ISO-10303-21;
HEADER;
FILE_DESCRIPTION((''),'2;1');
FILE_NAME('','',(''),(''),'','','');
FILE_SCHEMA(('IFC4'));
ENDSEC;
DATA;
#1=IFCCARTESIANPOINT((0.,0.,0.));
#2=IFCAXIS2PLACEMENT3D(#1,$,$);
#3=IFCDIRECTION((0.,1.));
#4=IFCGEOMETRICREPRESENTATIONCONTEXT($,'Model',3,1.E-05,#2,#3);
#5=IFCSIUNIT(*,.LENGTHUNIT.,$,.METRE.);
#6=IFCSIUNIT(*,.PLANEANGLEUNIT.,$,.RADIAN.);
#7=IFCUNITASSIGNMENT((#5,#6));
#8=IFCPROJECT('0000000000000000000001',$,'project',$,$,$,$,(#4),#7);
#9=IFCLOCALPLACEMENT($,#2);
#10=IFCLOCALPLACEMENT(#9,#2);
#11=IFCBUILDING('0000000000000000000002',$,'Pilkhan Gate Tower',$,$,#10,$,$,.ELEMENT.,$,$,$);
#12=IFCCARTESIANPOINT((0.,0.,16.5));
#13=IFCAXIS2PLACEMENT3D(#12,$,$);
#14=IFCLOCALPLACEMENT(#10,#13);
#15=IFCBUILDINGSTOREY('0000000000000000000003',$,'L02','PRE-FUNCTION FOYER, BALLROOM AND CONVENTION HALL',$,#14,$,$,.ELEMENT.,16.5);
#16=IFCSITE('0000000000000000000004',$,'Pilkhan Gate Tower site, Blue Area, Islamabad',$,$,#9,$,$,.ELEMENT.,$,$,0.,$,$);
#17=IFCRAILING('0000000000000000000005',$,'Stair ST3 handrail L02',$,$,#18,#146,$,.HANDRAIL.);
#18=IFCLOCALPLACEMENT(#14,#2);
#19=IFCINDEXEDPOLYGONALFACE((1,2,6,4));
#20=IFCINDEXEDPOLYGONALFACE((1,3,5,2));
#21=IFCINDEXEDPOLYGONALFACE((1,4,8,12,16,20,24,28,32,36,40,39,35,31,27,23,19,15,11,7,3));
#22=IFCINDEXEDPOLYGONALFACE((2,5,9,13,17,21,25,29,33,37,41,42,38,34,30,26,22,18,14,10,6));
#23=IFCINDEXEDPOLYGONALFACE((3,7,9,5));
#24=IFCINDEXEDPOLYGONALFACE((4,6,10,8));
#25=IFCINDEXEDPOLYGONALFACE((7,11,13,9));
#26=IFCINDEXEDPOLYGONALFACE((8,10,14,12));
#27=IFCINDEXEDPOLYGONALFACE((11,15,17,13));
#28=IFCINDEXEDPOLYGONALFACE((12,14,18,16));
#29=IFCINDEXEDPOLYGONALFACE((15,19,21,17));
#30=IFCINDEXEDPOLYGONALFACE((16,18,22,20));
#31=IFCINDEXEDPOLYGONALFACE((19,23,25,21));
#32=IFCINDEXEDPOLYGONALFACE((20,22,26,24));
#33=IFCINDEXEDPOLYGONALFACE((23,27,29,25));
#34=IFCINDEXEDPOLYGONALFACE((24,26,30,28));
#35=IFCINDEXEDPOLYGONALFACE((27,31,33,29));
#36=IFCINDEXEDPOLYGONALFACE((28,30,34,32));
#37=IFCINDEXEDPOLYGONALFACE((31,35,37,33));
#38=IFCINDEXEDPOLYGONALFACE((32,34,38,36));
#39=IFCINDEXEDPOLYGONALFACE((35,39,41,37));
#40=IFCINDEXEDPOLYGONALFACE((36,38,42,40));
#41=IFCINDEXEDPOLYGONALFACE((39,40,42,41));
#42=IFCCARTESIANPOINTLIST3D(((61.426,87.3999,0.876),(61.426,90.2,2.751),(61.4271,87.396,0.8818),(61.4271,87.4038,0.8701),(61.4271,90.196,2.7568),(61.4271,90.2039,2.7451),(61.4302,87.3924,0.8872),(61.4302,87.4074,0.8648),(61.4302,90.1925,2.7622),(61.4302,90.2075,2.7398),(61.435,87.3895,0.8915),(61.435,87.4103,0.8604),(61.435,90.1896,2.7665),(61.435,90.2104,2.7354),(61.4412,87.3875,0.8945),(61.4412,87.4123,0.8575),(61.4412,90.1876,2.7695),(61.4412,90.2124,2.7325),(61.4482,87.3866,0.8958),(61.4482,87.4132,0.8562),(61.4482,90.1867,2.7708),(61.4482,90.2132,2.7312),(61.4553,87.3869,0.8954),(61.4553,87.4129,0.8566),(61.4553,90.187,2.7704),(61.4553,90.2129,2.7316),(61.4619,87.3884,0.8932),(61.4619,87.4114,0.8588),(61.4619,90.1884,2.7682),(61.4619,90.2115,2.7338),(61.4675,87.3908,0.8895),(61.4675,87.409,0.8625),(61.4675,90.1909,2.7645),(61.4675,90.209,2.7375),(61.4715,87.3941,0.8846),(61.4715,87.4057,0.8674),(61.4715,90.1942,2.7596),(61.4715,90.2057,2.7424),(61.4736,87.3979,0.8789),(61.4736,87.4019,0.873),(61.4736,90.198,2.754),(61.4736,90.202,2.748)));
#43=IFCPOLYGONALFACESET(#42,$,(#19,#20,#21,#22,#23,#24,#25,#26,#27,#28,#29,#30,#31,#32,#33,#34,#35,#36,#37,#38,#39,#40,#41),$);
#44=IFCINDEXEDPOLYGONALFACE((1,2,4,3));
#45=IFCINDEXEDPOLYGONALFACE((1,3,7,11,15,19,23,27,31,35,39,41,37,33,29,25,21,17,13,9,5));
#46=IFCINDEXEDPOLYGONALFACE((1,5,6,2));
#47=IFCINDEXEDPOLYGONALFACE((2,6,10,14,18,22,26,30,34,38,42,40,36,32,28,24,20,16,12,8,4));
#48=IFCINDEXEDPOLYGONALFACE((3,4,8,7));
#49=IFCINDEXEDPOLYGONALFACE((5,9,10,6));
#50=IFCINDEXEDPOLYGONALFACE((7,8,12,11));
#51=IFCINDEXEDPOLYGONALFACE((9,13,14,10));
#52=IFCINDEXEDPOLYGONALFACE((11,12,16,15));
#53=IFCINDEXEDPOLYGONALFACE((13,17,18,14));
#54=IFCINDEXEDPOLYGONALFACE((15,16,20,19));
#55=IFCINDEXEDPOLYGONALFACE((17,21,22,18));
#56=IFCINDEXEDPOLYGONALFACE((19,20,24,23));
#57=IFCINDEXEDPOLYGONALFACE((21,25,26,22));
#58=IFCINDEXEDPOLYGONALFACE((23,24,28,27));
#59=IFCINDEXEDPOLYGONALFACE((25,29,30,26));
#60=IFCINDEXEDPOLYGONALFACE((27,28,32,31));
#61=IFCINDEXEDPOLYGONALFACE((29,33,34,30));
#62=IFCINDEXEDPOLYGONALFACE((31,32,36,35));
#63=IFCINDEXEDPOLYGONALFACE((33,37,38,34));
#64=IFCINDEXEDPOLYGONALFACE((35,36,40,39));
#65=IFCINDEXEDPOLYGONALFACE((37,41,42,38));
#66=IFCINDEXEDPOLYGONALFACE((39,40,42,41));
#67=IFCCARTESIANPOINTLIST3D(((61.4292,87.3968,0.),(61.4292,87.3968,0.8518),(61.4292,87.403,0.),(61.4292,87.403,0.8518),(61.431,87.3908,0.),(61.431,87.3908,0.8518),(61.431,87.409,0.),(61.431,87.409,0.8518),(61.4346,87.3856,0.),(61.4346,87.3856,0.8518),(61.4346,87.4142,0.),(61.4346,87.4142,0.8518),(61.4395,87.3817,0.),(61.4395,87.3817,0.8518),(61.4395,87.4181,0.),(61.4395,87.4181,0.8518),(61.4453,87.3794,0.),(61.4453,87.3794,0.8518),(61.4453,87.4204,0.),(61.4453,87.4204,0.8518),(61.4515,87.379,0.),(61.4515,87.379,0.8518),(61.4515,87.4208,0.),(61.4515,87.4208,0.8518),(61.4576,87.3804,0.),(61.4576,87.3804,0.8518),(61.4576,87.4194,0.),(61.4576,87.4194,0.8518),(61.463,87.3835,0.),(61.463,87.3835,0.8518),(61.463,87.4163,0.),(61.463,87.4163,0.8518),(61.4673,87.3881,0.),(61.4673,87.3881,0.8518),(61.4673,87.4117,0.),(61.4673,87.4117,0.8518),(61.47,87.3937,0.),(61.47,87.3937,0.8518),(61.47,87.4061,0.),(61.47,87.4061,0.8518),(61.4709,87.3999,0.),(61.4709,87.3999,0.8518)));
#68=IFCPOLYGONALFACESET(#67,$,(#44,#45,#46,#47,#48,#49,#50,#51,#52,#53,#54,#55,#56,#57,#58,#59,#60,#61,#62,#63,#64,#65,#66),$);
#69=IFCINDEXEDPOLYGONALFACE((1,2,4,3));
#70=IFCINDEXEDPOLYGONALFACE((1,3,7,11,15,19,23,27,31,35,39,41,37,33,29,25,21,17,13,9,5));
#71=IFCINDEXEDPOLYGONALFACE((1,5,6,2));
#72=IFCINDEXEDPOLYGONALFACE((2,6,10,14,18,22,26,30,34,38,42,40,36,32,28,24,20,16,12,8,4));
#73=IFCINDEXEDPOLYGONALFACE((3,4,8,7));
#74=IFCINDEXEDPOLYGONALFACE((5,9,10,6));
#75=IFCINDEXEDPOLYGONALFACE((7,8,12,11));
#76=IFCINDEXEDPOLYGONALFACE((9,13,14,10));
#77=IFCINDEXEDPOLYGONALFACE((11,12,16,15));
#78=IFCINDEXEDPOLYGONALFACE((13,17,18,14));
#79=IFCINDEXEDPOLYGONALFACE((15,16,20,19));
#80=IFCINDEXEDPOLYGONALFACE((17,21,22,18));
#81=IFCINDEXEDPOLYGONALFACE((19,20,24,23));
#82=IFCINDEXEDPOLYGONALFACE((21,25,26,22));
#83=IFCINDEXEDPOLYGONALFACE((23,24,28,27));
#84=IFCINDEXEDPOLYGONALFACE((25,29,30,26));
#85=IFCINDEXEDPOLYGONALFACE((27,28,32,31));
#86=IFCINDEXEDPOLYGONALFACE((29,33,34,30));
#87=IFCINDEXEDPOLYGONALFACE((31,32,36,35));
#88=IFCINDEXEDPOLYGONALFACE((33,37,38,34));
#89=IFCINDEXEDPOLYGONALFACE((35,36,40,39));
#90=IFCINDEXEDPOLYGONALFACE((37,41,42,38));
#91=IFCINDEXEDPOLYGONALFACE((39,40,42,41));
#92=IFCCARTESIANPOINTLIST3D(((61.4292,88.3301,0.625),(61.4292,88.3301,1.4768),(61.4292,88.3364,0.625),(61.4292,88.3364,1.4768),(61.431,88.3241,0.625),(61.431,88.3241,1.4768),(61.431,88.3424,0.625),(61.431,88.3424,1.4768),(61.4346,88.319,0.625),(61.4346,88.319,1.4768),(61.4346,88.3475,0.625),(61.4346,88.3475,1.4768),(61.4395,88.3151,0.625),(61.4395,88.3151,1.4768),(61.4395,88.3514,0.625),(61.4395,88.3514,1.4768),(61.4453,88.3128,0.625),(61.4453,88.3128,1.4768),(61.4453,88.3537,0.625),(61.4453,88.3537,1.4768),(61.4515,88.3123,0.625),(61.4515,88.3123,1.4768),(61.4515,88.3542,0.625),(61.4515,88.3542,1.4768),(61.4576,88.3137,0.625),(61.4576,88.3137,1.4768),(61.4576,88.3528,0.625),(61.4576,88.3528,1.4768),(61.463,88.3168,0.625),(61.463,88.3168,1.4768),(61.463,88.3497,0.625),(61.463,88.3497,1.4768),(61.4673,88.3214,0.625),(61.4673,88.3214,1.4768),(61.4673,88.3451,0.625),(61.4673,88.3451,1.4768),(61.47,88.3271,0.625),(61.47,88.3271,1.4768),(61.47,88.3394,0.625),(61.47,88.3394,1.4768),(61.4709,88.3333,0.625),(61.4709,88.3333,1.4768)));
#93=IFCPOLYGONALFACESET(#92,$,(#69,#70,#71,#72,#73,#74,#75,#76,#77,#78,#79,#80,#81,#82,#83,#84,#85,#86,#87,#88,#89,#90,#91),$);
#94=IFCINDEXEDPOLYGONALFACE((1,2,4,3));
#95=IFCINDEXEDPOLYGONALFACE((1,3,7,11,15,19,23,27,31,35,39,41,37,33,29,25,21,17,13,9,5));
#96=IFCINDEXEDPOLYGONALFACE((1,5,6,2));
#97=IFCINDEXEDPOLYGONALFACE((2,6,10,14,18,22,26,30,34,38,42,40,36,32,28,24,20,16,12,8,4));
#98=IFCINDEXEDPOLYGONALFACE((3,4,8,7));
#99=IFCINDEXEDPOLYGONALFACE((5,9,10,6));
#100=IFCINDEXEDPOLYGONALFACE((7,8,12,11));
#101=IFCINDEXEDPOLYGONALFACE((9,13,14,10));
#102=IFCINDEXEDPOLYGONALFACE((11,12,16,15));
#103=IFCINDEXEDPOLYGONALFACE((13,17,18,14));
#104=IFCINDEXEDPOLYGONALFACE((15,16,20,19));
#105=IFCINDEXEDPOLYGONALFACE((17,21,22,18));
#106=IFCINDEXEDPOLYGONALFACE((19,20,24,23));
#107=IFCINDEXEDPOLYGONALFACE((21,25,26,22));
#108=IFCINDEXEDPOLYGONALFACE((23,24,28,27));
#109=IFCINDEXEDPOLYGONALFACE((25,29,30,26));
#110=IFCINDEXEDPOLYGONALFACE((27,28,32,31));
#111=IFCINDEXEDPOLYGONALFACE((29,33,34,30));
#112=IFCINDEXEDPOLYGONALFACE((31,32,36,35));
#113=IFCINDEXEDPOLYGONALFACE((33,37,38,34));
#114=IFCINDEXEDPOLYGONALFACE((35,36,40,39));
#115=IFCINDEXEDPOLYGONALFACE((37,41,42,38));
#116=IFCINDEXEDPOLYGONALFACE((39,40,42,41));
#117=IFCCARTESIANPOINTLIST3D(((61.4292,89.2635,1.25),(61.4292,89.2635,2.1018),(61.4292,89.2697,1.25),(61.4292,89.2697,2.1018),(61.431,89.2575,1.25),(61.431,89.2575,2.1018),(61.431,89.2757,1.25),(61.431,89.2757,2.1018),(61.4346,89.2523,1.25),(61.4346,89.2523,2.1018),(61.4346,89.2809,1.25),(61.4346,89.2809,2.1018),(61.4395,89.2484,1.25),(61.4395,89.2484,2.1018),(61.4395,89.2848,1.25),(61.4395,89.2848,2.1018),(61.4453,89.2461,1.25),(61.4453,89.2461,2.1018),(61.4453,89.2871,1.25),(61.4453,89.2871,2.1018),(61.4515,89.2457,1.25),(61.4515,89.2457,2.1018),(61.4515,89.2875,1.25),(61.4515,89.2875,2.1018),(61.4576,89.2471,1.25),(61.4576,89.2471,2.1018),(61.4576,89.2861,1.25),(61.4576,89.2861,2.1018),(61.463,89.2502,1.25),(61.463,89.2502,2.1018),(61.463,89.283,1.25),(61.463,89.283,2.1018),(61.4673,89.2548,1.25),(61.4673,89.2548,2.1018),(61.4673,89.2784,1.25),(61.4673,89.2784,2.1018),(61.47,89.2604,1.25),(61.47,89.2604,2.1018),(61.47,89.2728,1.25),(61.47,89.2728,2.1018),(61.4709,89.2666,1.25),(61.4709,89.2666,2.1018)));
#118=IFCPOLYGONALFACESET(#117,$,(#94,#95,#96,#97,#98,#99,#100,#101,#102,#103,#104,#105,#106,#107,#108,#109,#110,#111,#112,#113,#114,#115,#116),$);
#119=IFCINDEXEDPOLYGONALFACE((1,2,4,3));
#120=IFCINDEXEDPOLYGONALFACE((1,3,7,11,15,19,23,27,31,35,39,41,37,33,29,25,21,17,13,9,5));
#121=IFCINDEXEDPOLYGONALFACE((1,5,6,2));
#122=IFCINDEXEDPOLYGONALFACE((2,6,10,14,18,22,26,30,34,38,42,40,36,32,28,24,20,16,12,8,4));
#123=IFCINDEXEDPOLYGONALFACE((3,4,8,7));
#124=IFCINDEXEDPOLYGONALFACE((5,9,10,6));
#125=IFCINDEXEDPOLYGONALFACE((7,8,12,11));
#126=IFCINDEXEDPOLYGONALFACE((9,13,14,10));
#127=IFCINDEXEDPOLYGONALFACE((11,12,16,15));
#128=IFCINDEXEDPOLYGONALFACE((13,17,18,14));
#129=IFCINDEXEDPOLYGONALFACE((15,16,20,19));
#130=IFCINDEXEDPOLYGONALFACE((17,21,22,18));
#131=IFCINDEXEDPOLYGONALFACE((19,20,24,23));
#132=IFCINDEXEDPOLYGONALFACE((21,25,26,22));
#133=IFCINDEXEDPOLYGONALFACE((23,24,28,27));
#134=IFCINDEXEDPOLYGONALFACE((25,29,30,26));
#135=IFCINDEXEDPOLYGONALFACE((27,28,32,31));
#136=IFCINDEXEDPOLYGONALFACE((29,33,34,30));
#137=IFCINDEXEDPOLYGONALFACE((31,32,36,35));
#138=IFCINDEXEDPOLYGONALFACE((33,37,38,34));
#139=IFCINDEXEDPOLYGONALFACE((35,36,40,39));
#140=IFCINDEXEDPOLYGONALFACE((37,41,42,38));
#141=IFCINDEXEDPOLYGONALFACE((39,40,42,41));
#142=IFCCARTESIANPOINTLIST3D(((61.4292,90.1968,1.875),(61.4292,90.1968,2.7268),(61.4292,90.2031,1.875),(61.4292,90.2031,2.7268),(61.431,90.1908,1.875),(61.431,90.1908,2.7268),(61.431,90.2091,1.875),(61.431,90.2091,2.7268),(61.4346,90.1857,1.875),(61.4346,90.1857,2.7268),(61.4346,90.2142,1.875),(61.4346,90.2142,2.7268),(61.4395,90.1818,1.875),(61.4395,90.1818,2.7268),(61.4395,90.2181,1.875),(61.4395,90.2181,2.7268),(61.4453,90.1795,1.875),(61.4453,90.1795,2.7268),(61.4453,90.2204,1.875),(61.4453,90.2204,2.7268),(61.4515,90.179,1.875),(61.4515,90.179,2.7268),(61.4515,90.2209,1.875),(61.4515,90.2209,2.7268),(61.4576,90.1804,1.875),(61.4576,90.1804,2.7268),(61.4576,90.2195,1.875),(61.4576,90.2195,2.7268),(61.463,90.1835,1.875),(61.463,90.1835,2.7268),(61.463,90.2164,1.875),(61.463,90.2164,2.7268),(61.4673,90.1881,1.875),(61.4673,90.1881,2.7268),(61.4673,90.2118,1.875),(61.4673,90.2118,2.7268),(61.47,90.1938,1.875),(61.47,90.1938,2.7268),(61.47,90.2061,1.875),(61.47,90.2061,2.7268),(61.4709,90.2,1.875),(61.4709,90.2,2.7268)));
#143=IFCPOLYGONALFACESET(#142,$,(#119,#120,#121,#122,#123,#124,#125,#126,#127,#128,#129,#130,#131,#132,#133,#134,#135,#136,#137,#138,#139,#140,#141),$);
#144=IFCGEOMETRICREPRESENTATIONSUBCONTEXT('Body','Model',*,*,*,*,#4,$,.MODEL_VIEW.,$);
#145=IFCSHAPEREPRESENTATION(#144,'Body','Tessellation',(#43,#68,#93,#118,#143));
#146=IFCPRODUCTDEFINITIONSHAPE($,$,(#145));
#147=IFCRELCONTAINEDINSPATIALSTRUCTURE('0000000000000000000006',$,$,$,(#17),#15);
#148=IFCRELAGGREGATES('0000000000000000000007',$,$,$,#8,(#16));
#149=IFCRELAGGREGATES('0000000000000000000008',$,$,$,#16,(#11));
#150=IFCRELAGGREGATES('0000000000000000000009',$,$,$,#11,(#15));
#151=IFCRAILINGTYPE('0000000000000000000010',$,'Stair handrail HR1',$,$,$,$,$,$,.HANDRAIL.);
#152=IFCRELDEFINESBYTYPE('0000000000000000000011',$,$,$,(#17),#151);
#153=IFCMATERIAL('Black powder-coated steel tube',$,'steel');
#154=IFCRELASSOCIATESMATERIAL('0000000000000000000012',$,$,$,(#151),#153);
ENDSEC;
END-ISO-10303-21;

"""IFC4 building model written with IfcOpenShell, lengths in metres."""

from ifc_helpers import new_model, si_unit, direction, frame, origin, origin_2d, place, context, subcontext, project, spatial, circle, extrude, material, type_object, element, save


model = new_model("IFC4")

# Units and contexts
model_context = context("Model", 3, precision=1e-05, world=origin(), true_north=direction((0.0, 1.0)))
body_context = subcontext(model_context, "Body", "Model", "MODEL_VIEW")
ifc_project = project(units=[si_unit("LENGTHUNIT", "METRE"), si_unit("PLANEANGLEUNIT", "RADIAN")], contexts=[model_context])

# Site, building, storey
site_placement = place(None, origin())
site = spatial("IfcSite", under=ifc_project, at=site_placement, Name="Pilkhan Gate Tower site, Blue Area, Islamabad", CompositionType="ELEMENT", RefElevation=0.0)
building_placement = place(site_placement, origin())
building = spatial("IfcBuilding", under=site, at=building_placement, Name="Pilkhan Gate Tower", CompositionType="ELEMENT")
storey_placement = place(building_placement, frame((0.0, 0.0, 16.5)))
storey = spatial("IfcBuildingStorey", under=building, at=storey_placement, Name="L02", Description="PRE-FUNCTION FOYER, BALLROOM AND CONVENTION HALL", CompositionType="ELEMENT", Elevation=16.5)

# Railing
ifc_material_1 = material(Name="Black powder-coated steel tube", Category="steel")
railing_type_1 = type_object("IfcRailingType", Name="Stair handrail HR1", PredefinedType="HANDRAIL", material=ifc_material_1)
for number, where, name in (
    (1, (61.45, 87.3999, 0.0), "Stair ST3 handrail L02"),
):
    element("IfcRailing", number, at=place(storey_placement, frame(where)), inside=storey, type_object=railing_type_1, Name=name, PredefinedType="HANDRAIL", context=body_context, shape_type="SweptSolid", body=[
        extrude(circle(Radius=0.0239, at=origin_2d()), frame((0.0, 0.0, 0.876), z_axis=(0.0, 0.830912, 0.556404), x_axis=(-1.0, 0.0, 0.0)), (0.0, 0.0, 1.0), 3.3699),
        extrude(circle(Radius=0.021, at=origin_2d()), origin(), (0.0, 0.0, 1.0), 0.8518),
        extrude(circle(Radius=0.021, at=origin_2d()), frame((0.0, 0.9333, 0.625)), (0.0, 0.0, 1.0), 0.8518),
        extrude(circle(Radius=0.021, at=origin_2d()), frame((0.0, 1.8667, 1.25)), (0.0, 0.0, 1.0), 0.8518),
        extrude(circle(Radius=0.021, at=origin_2d()), frame((0.0, 2.8, 1.875)), (0.0, 0.0, 1.0), 0.8518),
    ])

save(model, "model.ifc")
